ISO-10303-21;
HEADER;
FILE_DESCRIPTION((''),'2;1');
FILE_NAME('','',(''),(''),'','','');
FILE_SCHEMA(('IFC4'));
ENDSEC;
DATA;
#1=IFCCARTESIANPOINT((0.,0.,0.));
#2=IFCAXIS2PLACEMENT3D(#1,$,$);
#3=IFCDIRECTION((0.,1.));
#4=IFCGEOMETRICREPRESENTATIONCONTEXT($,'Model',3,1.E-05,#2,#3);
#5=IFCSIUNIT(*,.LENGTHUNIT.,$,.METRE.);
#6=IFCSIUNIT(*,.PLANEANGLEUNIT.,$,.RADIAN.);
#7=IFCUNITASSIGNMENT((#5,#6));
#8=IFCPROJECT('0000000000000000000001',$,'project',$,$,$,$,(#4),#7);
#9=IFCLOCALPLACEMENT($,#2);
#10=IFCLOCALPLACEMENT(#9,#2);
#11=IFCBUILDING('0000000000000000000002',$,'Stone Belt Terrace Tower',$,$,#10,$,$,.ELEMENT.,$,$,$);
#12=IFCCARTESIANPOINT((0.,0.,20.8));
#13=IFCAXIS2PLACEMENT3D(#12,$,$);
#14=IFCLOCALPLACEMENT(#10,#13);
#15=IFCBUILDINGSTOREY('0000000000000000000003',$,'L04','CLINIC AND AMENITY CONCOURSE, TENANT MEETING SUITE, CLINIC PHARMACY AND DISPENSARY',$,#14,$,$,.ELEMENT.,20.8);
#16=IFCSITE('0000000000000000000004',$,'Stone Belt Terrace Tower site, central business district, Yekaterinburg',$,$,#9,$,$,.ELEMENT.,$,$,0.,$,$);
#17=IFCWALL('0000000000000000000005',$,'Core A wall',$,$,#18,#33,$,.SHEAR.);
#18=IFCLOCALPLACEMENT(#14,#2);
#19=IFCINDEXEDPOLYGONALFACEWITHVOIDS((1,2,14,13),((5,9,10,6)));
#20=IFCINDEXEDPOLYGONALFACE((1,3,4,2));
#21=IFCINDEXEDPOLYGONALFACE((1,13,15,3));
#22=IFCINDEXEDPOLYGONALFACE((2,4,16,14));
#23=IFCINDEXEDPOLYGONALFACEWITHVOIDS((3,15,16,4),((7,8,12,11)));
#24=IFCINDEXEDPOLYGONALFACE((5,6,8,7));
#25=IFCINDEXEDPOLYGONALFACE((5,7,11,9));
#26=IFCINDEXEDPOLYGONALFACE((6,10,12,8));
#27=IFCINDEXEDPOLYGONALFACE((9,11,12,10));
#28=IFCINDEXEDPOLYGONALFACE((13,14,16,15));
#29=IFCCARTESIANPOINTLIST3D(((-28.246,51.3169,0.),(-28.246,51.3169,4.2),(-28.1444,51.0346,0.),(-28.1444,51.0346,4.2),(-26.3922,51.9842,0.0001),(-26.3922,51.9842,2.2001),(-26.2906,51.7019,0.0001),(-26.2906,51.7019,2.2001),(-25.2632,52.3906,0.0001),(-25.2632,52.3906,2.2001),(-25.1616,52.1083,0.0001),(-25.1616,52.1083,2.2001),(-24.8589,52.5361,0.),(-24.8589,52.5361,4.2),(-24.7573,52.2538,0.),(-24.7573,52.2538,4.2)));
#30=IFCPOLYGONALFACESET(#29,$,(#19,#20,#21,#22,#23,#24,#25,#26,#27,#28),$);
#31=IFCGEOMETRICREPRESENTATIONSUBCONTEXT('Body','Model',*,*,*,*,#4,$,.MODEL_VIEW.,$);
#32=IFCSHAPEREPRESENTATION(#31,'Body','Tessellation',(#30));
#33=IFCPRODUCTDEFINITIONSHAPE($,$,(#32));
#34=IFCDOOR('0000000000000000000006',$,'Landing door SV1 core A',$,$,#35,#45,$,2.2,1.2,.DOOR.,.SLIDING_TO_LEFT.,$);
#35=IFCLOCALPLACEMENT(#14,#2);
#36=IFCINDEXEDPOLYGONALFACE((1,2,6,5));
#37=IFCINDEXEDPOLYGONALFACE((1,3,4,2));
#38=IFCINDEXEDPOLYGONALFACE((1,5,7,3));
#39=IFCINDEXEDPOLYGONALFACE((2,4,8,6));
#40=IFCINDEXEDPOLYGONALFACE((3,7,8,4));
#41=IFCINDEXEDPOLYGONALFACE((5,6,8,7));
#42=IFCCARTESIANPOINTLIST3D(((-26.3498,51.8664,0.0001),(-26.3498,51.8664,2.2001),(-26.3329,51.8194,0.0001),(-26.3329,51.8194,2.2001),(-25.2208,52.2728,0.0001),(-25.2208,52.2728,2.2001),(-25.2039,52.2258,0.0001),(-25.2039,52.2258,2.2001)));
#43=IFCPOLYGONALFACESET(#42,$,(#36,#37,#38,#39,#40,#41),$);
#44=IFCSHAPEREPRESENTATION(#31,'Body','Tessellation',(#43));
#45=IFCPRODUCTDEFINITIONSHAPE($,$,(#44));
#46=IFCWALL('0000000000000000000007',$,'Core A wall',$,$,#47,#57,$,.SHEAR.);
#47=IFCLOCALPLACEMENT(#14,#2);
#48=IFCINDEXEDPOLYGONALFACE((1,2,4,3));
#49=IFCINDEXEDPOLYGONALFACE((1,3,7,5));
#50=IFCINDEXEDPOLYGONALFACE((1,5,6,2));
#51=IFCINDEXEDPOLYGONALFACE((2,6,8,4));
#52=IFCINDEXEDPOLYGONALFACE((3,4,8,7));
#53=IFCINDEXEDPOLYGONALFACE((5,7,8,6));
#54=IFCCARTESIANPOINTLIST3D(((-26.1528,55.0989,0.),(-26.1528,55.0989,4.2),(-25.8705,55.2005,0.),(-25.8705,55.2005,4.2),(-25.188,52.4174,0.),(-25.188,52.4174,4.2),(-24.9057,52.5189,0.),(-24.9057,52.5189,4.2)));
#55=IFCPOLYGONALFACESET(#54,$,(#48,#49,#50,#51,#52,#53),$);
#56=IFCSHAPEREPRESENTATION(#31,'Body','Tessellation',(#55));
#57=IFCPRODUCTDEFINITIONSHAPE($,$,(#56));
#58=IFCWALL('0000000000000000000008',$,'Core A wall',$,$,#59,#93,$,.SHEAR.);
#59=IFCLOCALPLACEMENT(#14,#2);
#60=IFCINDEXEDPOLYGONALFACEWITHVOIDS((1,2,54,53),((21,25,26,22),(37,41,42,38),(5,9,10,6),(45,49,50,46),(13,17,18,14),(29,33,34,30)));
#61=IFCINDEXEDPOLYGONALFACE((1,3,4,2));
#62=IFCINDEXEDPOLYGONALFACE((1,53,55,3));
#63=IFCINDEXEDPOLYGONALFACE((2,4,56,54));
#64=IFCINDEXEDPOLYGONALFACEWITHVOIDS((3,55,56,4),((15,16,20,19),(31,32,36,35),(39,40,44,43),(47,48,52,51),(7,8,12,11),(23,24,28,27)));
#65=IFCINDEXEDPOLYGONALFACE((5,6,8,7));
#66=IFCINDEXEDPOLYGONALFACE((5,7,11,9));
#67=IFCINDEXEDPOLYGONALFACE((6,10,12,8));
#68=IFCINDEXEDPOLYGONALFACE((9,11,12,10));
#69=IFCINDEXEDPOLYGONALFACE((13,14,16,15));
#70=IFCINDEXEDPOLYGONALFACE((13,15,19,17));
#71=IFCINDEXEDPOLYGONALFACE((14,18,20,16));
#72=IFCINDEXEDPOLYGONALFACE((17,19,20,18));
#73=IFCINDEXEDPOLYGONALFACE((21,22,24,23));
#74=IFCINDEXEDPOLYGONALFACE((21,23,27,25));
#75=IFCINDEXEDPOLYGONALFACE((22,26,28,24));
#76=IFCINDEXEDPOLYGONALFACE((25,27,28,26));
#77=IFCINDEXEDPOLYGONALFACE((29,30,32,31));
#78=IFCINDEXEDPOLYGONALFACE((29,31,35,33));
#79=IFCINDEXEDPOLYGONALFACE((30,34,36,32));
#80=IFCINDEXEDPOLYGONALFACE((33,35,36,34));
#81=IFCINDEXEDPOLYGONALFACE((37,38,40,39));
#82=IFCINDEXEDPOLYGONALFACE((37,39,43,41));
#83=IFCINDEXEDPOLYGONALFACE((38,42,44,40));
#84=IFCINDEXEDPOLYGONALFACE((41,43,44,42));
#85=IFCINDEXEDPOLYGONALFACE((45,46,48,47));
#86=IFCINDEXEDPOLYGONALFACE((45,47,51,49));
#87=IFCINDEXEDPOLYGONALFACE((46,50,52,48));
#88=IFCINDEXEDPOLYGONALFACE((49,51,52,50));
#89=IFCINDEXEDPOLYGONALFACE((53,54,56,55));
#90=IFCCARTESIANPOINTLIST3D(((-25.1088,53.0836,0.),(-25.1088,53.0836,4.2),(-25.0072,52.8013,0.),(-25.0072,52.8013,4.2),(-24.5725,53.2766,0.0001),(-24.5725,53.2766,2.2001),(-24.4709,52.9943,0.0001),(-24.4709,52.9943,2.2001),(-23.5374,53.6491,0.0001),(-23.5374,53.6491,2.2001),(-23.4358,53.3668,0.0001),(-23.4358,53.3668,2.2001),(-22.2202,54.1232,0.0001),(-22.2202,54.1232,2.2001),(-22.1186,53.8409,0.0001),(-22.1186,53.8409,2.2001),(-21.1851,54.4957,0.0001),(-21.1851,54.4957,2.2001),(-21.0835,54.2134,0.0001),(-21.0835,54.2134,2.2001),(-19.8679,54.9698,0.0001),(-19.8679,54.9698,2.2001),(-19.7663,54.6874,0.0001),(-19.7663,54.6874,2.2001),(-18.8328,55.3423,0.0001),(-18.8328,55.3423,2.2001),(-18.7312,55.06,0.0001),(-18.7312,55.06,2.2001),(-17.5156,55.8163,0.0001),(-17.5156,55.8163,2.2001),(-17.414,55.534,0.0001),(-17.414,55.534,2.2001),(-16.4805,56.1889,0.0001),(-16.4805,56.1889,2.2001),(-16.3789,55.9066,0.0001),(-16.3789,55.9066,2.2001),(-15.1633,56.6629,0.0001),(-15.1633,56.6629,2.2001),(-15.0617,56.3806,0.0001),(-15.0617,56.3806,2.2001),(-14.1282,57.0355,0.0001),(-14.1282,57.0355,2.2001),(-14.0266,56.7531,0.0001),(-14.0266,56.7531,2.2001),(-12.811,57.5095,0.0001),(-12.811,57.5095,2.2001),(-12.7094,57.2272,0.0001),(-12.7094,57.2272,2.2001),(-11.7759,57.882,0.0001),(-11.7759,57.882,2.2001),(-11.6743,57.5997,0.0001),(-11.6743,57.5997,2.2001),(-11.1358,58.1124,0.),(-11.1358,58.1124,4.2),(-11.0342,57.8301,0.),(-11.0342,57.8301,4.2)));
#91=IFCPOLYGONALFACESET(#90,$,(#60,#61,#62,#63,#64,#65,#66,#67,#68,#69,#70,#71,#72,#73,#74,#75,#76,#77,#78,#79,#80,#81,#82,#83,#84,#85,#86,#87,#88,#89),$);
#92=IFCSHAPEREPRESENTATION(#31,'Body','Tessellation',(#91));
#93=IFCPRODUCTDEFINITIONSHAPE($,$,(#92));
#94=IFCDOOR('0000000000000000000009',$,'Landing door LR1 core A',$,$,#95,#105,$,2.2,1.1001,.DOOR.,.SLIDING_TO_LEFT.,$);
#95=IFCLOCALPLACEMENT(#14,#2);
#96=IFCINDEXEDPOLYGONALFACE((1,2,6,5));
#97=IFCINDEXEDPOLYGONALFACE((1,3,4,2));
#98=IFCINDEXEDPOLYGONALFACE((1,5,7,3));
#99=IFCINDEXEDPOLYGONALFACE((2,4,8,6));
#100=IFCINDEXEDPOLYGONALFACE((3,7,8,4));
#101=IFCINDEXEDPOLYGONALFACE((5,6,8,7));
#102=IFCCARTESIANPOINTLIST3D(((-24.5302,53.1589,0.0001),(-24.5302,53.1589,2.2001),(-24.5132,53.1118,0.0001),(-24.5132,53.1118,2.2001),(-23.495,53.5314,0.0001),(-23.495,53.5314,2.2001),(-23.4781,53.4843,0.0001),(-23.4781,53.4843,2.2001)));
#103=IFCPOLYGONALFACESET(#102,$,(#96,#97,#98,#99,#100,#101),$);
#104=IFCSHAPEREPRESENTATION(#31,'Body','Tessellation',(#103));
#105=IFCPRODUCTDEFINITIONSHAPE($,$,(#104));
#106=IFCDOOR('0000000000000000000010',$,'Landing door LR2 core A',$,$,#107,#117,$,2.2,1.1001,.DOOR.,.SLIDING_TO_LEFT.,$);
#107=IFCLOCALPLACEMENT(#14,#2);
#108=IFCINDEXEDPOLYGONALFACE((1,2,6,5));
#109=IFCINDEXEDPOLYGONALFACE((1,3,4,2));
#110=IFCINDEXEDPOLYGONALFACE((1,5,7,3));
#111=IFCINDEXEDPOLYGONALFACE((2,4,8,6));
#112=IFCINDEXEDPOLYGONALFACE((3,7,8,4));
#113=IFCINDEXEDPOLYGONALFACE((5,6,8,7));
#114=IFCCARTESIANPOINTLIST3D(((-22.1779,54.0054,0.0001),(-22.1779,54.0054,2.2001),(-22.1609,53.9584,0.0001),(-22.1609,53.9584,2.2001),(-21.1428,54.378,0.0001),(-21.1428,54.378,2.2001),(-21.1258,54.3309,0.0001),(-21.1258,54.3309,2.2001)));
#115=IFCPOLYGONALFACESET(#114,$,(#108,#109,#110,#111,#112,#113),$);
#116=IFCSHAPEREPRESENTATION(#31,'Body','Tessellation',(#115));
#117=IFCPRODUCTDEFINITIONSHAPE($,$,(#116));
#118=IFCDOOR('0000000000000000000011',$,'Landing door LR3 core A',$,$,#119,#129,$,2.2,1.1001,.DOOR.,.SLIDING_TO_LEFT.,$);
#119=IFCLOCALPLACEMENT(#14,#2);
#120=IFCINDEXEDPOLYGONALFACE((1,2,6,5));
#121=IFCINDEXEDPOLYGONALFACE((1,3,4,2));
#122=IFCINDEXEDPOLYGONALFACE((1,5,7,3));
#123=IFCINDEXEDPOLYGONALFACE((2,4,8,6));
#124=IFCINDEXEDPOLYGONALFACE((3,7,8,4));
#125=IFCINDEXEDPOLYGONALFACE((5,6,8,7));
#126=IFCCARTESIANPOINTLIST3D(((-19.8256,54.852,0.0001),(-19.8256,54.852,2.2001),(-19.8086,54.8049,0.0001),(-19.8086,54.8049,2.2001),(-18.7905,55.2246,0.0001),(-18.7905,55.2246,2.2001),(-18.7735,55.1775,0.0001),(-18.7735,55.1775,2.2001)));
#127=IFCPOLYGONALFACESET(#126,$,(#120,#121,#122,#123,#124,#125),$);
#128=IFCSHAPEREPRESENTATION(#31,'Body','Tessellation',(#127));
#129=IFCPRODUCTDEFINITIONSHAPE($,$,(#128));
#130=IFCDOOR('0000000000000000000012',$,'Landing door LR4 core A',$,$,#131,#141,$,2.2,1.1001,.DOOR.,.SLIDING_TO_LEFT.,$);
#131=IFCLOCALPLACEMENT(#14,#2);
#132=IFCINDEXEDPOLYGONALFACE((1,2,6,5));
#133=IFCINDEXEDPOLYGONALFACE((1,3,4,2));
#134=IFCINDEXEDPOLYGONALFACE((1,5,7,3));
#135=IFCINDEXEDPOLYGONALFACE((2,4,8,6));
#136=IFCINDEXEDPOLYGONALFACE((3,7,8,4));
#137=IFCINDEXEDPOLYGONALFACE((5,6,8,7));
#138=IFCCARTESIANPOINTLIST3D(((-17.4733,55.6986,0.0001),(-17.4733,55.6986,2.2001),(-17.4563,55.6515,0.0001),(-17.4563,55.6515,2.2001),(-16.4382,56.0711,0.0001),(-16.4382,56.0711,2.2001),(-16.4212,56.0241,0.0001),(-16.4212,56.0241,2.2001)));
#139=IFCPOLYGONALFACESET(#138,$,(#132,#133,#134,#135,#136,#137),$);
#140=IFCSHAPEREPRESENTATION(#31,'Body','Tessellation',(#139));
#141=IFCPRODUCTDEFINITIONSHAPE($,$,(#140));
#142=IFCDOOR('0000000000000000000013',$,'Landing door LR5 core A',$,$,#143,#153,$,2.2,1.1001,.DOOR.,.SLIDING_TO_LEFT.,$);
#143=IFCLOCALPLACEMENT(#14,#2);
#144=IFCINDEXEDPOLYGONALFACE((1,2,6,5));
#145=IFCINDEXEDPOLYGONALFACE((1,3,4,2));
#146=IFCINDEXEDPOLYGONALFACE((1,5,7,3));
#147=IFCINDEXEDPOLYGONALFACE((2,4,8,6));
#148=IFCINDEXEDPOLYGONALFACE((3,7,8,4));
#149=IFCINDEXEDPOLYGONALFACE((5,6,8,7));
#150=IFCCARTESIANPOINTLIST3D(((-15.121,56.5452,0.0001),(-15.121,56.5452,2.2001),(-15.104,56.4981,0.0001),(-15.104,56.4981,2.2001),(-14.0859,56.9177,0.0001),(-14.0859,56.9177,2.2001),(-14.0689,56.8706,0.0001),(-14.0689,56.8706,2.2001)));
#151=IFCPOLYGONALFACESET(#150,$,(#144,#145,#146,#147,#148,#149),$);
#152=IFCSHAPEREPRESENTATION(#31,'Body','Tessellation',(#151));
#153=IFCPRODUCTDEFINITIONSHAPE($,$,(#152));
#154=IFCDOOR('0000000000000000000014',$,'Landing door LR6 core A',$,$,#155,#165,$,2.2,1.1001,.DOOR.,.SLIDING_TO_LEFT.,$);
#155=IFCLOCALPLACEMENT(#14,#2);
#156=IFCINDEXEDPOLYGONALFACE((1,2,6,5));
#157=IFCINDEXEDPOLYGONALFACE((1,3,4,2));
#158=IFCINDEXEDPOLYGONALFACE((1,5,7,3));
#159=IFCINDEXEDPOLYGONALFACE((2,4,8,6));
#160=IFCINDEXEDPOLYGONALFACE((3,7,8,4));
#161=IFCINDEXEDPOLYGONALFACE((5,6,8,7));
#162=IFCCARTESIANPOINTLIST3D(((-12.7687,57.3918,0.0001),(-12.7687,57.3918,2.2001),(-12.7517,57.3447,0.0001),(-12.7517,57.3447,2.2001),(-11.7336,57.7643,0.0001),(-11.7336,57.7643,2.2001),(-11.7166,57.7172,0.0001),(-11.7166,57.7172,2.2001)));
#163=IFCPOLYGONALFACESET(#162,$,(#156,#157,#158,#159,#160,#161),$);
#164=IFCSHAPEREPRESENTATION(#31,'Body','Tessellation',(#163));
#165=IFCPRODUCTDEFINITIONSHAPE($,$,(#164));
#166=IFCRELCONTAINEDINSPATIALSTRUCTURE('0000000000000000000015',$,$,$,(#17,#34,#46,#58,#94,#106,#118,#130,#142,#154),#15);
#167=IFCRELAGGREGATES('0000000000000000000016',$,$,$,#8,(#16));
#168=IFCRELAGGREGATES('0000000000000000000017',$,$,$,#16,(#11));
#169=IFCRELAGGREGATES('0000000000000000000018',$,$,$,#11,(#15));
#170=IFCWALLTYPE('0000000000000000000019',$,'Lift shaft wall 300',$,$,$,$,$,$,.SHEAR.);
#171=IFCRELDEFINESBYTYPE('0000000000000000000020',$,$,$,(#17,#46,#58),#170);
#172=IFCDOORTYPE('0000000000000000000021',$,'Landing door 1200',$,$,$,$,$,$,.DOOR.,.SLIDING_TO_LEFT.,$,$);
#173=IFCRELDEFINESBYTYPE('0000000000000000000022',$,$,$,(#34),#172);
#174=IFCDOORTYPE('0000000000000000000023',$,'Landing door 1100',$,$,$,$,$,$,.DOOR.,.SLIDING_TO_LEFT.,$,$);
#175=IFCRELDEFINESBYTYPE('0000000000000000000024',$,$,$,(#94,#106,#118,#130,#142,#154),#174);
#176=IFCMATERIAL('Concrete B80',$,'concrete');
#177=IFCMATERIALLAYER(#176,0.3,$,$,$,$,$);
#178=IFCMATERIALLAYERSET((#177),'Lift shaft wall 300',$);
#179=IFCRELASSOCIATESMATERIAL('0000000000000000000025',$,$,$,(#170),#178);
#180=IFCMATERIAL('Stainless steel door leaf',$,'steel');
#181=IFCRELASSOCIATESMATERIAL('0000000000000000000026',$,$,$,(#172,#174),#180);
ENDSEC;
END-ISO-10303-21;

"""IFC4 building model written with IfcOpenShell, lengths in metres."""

from ifc_helpers import new_model, si_unit, direction, frame, frame_2d, origin, place, context, subcontext, project, spatial, rectangle, extrude, material, layer, layer_set, type_object, element, fill, save


model = new_model("IFC4")

# Units and contexts
model_context = context("Model", 3, precision=1e-05, world=origin(), true_north=direction((0.0, 1.0)))
body_context = subcontext(model_context, "Body", "Model", "MODEL_VIEW")
ifc_project = project(units=[si_unit("LENGTHUNIT", "METRE"), si_unit("PLANEANGLEUNIT", "RADIAN")], contexts=[model_context])

# Site, building, storey
site_placement = place(None, origin())
site = spatial("IfcSite", under=ifc_project, at=site_placement, Name="Stone Belt Terrace Tower site, central business district, Yekaterinburg", CompositionType="ELEMENT", RefElevation=0.0)
building_placement = place(site_placement, origin())
building = spatial("IfcBuilding", under=site, at=building_placement, Name="Stone Belt Terrace Tower", CompositionType="ELEMENT")
storey_placement = place(building_placement, frame((0.0, 0.0, 20.8)))
storey = spatial("IfcBuildingStorey", under=building, at=storey_placement, Name="L04", Description="CLINIC AND AMENITY CONCOURSE, TENANT MEETING SUITE, CLINIC PHARMACY AND DISPENSARY", CompositionType="ELEMENT", Elevation=20.8)

# Shared definitions
ifc_material_1 = material(Name="Concrete B80", Category="concrete")

# Wall, opening, door
ifc_layer_1 = layer(ifc_material_1, 0.3)
ifc_layer_set_1 = layer_set([ifc_layer_1], Name="Lift shaft wall 300")
wall_type_1 = type_object("IfcWallType", Name="Lift shaft wall 300", PredefinedType="SHEAR", material=ifc_layer_set_1)
wall_1_placement = place(storey_placement, frame((-28.1951, 51.1758, 0.0), z_axis=(0.0, 0.0, 1.0), x_axis=(0.940901, 0.338681, 0.0)))
wall_1 = element("IfcWall", 1, at=wall_1_placement, inside=storey, type_object=wall_type_1, Name="Core A wall", PredefinedType="SHEAR", context=body_context, shape_type="SweptSolid", body=[
    extrude(rectangle(XDim=3.5999, YDim=0.3, at=frame_2d((1.7998, 0.0))), origin(), (0.0, 0.0, 1.0), 4.2),
])
opening_1_placement = place(wall_1_placement, frame((1.97, 0.0, 0.0)))
opening_1 = element("IfcOpeningElement", 2, at=opening_1_placement, cuts=wall_1, PredefinedType="OPENING", context=body_context, shape_type="SweptSolid", body=[
    extrude(rectangle(XDim=1.2, YDim=2.2, at=frame_2d((0.6001, 1.1001))), frame((0.0, 0.1599, 0.0), z_axis=(0.0, -1.0, 0.0), x_axis=(1.0, 0.0, 0.0)), (0.0, 0.0, 1.0), 0.3201),
])
ifc_material_2 = material(Name="Stainless steel door leaf", Category="steel")
door_type_1 = type_object("IfcDoorType", Name="Landing door 1200", OperationType="SLIDING_TO_LEFT", PredefinedType="DOOR", material=ifc_material_2)
door_1_placement = place(opening_1_placement, origin())
door_1 = element("IfcDoor", 3, at=door_1_placement, inside=storey, type_object=door_type_1, Name="Landing door SV1 core A", OperationType="SLIDING_TO_LEFT", OverallHeight=2.2, OverallWidth=1.2, PredefinedType="DOOR", context=body_context, shape_type="SweptSolid", body=[
    extrude(rectangle(XDim=1.2, YDim=2.2, at=frame_2d((0.6001, 1.1001))), frame((0.0, 0.0249, 0.0), z_axis=(0.0, -1.0, 0.0), x_axis=(1.0, 0.0, 0.0)), (0.0, 0.0, 1.0), 0.05),
])
fill(opening_1, door_1)

# Wall
wall_2_placement = place(storey_placement, frame((-25.0469, 52.4683, 0.0), z_axis=(0.0, 0.0, 1.0), x_axis=(-0.33855, 0.940949, 0.0)))
element("IfcWall", 4, at=wall_2_placement, inside=storey, type_object=wall_type_1, Name="Core A wall", PredefinedType="SHEAR", context=body_context, shape_type="SweptSolid", body=[
    extrude(rectangle(XDim=2.8499, YDim=0.3, at=frame_2d((1.4248, 0.0))), origin(), (0.0, 0.0, 1.0), 4.2),
])

# Wall, openings, doors
wall_3_placement = place(storey_placement, frame((-25.0581, 52.9424, 0.0), z_axis=(0.0, 0.0, 1.0), x_axis=(0.940918, 0.338634, 0.0)))
wall_3 = element("IfcWall", 5, at=wall_3_placement, inside=storey, type_object=wall_type_1, Name="Core A wall", PredefinedType="SHEAR", context=body_context, shape_type="SweptSolid", body=[
    extrude(rectangle(XDim=14.8503, YDim=0.3, at=frame_2d((7.4253, 0.0))), origin(), (0.0, 0.0, 1.0), 4.2),
])
opening_2_placement = place(wall_3_placement, frame((0.5701, 0.0, 0.0)))
opening_2 = element("IfcOpeningElement", 6, at=opening_2_placement, cuts=wall_3, PredefinedType="OPENING", context=body_context, shape_type="SweptSolid", body=[
    extrude(rectangle(XDim=1.1001, YDim=2.2, at=frame_2d((0.55, 1.1001))), frame((0.0, 0.1599, 0.0), z_axis=(0.0, -1.0, 0.0), x_axis=(1.0, 0.0, 0.0)), (0.0, 0.0, 1.0), 0.3201),
])
opening_3_placement = place(wall_3_placement, frame((3.0701, 0.0, 0.0)))
opening_3 = element("IfcOpeningElement", 7, at=opening_3_placement, cuts=wall_3, PredefinedType="OPENING", context=body_context, shape_type="SweptSolid", body=[
    extrude(rectangle(XDim=1.1001, YDim=2.2, at=frame_2d((0.55, 1.1001))), frame((0.0, 0.1599, 0.0), z_axis=(0.0, -1.0, 0.0), x_axis=(1.0, 0.0, 0.0)), (0.0, 0.0, 1.0), 0.3201),
])
opening_4_placement = place(wall_3_placement, frame((5.5701, 0.0, 0.0)))
opening_4 = element("IfcOpeningElement", 8, at=opening_4_placement, cuts=wall_3, PredefinedType="OPENING", context=body_context, shape_type="SweptSolid", body=[
    extrude(rectangle(XDim=1.1001, YDim=2.2, at=frame_2d((0.55, 1.1001))), frame((0.0, 0.1599, 0.0), z_axis=(0.0, -1.0, 0.0), x_axis=(1.0, 0.0, 0.0)), (0.0, 0.0, 1.0), 0.3201),
])
opening_5_placement = place(wall_3_placement, frame((8.0701, 0.0, 0.0)))
opening_5 = element("IfcOpeningElement", 9, at=opening_5_placement, cuts=wall_3, PredefinedType="OPENING", context=body_context, shape_type="SweptSolid", body=[
    extrude(rectangle(XDim=1.1001, YDim=2.2, at=frame_2d((0.55, 1.1001))), frame((0.0, 0.1599, 0.0), z_axis=(0.0, -1.0, 0.0), x_axis=(1.0, 0.0, 0.0)), (0.0, 0.0, 1.0), 0.3201),
])
opening_6_placement = place(wall_3_placement, frame((10.5701, 0.0, 0.0)))
opening_6 = element("IfcOpeningElement", 10, at=opening_6_placement, cuts=wall_3, PredefinedType="OPENING", context=body_context, shape_type="SweptSolid", body=[
    extrude(rectangle(XDim=1.1001, YDim=2.2, at=frame_2d((0.55, 1.1001))), frame((0.0, 0.1599, 0.0), z_axis=(0.0, -1.0, 0.0), x_axis=(1.0, 0.0, 0.0)), (0.0, 0.0, 1.0), 0.3201),
])
opening_7_placement = place(wall_3_placement, frame((13.0701, 0.0, 0.0)))
opening_7 = element("IfcOpeningElement", 11, at=opening_7_placement, cuts=wall_3, PredefinedType="OPENING", context=body_context, shape_type="SweptSolid", body=[
    extrude(rectangle(XDim=1.1001, YDim=2.2, at=frame_2d((0.55, 1.1001))), frame((0.0, 0.1599, 0.0), z_axis=(0.0, -1.0, 0.0), x_axis=(1.0, 0.0, 0.0)), (0.0, 0.0, 1.0), 0.3201),
])
door_type_2 = type_object("IfcDoorType", Name="Landing door 1100", OperationType="SLIDING_TO_LEFT", PredefinedType="DOOR", material=ifc_material_2)
door_2_placement = place(opening_2_placement, origin())
door_2 = element("IfcDoor", 12, at=door_2_placement, inside=storey, type_object=door_type_2, Name="Landing door LR1 core A", OperationType="SLIDING_TO_LEFT", OverallHeight=2.2, OverallWidth=1.1001, PredefinedType="DOOR", context=body_context, shape_type="SweptSolid", body=[
    extrude(rectangle(XDim=1.1001, YDim=2.2, at=frame_2d((0.55, 1.1001))), frame((0.0, 0.0249, 0.0), z_axis=(0.0, -1.0, 0.0), x_axis=(1.0, 0.0, 0.0)), (0.0, 0.0, 1.0), 0.05),
])
fill(opening_2, door_2)
door_3_placement = place(opening_3_placement, origin())
door_3 = element("IfcDoor", 13, at=door_3_placement, inside=storey, type_object=door_type_2, Name="Landing door LR2 core A", OperationType="SLIDING_TO_LEFT", OverallHeight=2.2, OverallWidth=1.1001, PredefinedType="DOOR", context=body_context, shape_type="SweptSolid", body=[
    extrude(rectangle(XDim=1.1001, YDim=2.2, at=frame_2d((0.55, 1.1001))), frame((0.0, 0.0249, 0.0), z_axis=(0.0, -1.0, 0.0), x_axis=(1.0, 0.0, 0.0)), (0.0, 0.0, 1.0), 0.05),
])
fill(opening_3, door_3)
door_4_placement = place(opening_4_placement, origin())
door_4 = element("IfcDoor", 14, at=door_4_placement, inside=storey, type_object=door_type_2, Name="Landing door LR3 core A", OperationType="SLIDING_TO_LEFT", OverallHeight=2.2, OverallWidth=1.1001, PredefinedType="DOOR", context=body_context, shape_type="SweptSolid", body=[
    extrude(rectangle(XDim=1.1001, YDim=2.2, at=frame_2d((0.55, 1.1001))), frame((0.0, 0.0249, 0.0), z_axis=(0.0, -1.0, 0.0), x_axis=(1.0, 0.0, 0.0)), (0.0, 0.0, 1.0), 0.05),
])
fill(opening_4, door_4)
door_5_placement = place(opening_5_placement, origin())
door_5 = element("IfcDoor", 15, at=door_5_placement, inside=storey, type_object=door_type_2, Name="Landing door LR4 core A", OperationType="SLIDING_TO_LEFT", OverallHeight=2.2, OverallWidth=1.1001, PredefinedType="DOOR", context=body_context, shape_type="SweptSolid", body=[
    extrude(rectangle(XDim=1.1001, YDim=2.2, at=frame_2d((0.55, 1.1001))), frame((0.0, 0.0249, 0.0), z_axis=(0.0, -1.0, 0.0), x_axis=(1.0, 0.0, 0.0)), (0.0, 0.0, 1.0), 0.05),
])
fill(opening_5, door_5)
door_6_placement = place(opening_6_placement, origin())
door_6 = element("IfcDoor", 16, at=door_6_placement, inside=storey, type_object=door_type_2, Name="Landing door LR5 core A", OperationType="SLIDING_TO_LEFT", OverallHeight=2.2, OverallWidth=1.1001, PredefinedType="DOOR", context=body_context, shape_type="SweptSolid", body=[
    extrude(rectangle(XDim=1.1001, YDim=2.2, at=frame_2d((0.55, 1.1001))), frame((0.0, 0.0249, 0.0), z_axis=(0.0, -1.0, 0.0), x_axis=(1.0, 0.0, 0.0)), (0.0, 0.0, 1.0), 0.05),
])
fill(opening_6, door_6)
door_7_placement = place(opening_7_placement, origin())
door_7 = element("IfcDoor", 17, at=door_7_placement, inside=storey, type_object=door_type_2, Name="Landing door LR6 core A", OperationType="SLIDING_TO_LEFT", OverallHeight=2.2, OverallWidth=1.1001, PredefinedType="DOOR", context=body_context, shape_type="SweptSolid", body=[
    extrude(rectangle(XDim=1.1001, YDim=2.2, at=frame_2d((0.55, 1.1001))), frame((0.0, 0.0249, 0.0), z_axis=(0.0, -1.0, 0.0), x_axis=(1.0, 0.0, 0.0)), (0.0, 0.0, 1.0), 0.05),
])
fill(opening_7, door_7)

save(model, "model.ifc")
